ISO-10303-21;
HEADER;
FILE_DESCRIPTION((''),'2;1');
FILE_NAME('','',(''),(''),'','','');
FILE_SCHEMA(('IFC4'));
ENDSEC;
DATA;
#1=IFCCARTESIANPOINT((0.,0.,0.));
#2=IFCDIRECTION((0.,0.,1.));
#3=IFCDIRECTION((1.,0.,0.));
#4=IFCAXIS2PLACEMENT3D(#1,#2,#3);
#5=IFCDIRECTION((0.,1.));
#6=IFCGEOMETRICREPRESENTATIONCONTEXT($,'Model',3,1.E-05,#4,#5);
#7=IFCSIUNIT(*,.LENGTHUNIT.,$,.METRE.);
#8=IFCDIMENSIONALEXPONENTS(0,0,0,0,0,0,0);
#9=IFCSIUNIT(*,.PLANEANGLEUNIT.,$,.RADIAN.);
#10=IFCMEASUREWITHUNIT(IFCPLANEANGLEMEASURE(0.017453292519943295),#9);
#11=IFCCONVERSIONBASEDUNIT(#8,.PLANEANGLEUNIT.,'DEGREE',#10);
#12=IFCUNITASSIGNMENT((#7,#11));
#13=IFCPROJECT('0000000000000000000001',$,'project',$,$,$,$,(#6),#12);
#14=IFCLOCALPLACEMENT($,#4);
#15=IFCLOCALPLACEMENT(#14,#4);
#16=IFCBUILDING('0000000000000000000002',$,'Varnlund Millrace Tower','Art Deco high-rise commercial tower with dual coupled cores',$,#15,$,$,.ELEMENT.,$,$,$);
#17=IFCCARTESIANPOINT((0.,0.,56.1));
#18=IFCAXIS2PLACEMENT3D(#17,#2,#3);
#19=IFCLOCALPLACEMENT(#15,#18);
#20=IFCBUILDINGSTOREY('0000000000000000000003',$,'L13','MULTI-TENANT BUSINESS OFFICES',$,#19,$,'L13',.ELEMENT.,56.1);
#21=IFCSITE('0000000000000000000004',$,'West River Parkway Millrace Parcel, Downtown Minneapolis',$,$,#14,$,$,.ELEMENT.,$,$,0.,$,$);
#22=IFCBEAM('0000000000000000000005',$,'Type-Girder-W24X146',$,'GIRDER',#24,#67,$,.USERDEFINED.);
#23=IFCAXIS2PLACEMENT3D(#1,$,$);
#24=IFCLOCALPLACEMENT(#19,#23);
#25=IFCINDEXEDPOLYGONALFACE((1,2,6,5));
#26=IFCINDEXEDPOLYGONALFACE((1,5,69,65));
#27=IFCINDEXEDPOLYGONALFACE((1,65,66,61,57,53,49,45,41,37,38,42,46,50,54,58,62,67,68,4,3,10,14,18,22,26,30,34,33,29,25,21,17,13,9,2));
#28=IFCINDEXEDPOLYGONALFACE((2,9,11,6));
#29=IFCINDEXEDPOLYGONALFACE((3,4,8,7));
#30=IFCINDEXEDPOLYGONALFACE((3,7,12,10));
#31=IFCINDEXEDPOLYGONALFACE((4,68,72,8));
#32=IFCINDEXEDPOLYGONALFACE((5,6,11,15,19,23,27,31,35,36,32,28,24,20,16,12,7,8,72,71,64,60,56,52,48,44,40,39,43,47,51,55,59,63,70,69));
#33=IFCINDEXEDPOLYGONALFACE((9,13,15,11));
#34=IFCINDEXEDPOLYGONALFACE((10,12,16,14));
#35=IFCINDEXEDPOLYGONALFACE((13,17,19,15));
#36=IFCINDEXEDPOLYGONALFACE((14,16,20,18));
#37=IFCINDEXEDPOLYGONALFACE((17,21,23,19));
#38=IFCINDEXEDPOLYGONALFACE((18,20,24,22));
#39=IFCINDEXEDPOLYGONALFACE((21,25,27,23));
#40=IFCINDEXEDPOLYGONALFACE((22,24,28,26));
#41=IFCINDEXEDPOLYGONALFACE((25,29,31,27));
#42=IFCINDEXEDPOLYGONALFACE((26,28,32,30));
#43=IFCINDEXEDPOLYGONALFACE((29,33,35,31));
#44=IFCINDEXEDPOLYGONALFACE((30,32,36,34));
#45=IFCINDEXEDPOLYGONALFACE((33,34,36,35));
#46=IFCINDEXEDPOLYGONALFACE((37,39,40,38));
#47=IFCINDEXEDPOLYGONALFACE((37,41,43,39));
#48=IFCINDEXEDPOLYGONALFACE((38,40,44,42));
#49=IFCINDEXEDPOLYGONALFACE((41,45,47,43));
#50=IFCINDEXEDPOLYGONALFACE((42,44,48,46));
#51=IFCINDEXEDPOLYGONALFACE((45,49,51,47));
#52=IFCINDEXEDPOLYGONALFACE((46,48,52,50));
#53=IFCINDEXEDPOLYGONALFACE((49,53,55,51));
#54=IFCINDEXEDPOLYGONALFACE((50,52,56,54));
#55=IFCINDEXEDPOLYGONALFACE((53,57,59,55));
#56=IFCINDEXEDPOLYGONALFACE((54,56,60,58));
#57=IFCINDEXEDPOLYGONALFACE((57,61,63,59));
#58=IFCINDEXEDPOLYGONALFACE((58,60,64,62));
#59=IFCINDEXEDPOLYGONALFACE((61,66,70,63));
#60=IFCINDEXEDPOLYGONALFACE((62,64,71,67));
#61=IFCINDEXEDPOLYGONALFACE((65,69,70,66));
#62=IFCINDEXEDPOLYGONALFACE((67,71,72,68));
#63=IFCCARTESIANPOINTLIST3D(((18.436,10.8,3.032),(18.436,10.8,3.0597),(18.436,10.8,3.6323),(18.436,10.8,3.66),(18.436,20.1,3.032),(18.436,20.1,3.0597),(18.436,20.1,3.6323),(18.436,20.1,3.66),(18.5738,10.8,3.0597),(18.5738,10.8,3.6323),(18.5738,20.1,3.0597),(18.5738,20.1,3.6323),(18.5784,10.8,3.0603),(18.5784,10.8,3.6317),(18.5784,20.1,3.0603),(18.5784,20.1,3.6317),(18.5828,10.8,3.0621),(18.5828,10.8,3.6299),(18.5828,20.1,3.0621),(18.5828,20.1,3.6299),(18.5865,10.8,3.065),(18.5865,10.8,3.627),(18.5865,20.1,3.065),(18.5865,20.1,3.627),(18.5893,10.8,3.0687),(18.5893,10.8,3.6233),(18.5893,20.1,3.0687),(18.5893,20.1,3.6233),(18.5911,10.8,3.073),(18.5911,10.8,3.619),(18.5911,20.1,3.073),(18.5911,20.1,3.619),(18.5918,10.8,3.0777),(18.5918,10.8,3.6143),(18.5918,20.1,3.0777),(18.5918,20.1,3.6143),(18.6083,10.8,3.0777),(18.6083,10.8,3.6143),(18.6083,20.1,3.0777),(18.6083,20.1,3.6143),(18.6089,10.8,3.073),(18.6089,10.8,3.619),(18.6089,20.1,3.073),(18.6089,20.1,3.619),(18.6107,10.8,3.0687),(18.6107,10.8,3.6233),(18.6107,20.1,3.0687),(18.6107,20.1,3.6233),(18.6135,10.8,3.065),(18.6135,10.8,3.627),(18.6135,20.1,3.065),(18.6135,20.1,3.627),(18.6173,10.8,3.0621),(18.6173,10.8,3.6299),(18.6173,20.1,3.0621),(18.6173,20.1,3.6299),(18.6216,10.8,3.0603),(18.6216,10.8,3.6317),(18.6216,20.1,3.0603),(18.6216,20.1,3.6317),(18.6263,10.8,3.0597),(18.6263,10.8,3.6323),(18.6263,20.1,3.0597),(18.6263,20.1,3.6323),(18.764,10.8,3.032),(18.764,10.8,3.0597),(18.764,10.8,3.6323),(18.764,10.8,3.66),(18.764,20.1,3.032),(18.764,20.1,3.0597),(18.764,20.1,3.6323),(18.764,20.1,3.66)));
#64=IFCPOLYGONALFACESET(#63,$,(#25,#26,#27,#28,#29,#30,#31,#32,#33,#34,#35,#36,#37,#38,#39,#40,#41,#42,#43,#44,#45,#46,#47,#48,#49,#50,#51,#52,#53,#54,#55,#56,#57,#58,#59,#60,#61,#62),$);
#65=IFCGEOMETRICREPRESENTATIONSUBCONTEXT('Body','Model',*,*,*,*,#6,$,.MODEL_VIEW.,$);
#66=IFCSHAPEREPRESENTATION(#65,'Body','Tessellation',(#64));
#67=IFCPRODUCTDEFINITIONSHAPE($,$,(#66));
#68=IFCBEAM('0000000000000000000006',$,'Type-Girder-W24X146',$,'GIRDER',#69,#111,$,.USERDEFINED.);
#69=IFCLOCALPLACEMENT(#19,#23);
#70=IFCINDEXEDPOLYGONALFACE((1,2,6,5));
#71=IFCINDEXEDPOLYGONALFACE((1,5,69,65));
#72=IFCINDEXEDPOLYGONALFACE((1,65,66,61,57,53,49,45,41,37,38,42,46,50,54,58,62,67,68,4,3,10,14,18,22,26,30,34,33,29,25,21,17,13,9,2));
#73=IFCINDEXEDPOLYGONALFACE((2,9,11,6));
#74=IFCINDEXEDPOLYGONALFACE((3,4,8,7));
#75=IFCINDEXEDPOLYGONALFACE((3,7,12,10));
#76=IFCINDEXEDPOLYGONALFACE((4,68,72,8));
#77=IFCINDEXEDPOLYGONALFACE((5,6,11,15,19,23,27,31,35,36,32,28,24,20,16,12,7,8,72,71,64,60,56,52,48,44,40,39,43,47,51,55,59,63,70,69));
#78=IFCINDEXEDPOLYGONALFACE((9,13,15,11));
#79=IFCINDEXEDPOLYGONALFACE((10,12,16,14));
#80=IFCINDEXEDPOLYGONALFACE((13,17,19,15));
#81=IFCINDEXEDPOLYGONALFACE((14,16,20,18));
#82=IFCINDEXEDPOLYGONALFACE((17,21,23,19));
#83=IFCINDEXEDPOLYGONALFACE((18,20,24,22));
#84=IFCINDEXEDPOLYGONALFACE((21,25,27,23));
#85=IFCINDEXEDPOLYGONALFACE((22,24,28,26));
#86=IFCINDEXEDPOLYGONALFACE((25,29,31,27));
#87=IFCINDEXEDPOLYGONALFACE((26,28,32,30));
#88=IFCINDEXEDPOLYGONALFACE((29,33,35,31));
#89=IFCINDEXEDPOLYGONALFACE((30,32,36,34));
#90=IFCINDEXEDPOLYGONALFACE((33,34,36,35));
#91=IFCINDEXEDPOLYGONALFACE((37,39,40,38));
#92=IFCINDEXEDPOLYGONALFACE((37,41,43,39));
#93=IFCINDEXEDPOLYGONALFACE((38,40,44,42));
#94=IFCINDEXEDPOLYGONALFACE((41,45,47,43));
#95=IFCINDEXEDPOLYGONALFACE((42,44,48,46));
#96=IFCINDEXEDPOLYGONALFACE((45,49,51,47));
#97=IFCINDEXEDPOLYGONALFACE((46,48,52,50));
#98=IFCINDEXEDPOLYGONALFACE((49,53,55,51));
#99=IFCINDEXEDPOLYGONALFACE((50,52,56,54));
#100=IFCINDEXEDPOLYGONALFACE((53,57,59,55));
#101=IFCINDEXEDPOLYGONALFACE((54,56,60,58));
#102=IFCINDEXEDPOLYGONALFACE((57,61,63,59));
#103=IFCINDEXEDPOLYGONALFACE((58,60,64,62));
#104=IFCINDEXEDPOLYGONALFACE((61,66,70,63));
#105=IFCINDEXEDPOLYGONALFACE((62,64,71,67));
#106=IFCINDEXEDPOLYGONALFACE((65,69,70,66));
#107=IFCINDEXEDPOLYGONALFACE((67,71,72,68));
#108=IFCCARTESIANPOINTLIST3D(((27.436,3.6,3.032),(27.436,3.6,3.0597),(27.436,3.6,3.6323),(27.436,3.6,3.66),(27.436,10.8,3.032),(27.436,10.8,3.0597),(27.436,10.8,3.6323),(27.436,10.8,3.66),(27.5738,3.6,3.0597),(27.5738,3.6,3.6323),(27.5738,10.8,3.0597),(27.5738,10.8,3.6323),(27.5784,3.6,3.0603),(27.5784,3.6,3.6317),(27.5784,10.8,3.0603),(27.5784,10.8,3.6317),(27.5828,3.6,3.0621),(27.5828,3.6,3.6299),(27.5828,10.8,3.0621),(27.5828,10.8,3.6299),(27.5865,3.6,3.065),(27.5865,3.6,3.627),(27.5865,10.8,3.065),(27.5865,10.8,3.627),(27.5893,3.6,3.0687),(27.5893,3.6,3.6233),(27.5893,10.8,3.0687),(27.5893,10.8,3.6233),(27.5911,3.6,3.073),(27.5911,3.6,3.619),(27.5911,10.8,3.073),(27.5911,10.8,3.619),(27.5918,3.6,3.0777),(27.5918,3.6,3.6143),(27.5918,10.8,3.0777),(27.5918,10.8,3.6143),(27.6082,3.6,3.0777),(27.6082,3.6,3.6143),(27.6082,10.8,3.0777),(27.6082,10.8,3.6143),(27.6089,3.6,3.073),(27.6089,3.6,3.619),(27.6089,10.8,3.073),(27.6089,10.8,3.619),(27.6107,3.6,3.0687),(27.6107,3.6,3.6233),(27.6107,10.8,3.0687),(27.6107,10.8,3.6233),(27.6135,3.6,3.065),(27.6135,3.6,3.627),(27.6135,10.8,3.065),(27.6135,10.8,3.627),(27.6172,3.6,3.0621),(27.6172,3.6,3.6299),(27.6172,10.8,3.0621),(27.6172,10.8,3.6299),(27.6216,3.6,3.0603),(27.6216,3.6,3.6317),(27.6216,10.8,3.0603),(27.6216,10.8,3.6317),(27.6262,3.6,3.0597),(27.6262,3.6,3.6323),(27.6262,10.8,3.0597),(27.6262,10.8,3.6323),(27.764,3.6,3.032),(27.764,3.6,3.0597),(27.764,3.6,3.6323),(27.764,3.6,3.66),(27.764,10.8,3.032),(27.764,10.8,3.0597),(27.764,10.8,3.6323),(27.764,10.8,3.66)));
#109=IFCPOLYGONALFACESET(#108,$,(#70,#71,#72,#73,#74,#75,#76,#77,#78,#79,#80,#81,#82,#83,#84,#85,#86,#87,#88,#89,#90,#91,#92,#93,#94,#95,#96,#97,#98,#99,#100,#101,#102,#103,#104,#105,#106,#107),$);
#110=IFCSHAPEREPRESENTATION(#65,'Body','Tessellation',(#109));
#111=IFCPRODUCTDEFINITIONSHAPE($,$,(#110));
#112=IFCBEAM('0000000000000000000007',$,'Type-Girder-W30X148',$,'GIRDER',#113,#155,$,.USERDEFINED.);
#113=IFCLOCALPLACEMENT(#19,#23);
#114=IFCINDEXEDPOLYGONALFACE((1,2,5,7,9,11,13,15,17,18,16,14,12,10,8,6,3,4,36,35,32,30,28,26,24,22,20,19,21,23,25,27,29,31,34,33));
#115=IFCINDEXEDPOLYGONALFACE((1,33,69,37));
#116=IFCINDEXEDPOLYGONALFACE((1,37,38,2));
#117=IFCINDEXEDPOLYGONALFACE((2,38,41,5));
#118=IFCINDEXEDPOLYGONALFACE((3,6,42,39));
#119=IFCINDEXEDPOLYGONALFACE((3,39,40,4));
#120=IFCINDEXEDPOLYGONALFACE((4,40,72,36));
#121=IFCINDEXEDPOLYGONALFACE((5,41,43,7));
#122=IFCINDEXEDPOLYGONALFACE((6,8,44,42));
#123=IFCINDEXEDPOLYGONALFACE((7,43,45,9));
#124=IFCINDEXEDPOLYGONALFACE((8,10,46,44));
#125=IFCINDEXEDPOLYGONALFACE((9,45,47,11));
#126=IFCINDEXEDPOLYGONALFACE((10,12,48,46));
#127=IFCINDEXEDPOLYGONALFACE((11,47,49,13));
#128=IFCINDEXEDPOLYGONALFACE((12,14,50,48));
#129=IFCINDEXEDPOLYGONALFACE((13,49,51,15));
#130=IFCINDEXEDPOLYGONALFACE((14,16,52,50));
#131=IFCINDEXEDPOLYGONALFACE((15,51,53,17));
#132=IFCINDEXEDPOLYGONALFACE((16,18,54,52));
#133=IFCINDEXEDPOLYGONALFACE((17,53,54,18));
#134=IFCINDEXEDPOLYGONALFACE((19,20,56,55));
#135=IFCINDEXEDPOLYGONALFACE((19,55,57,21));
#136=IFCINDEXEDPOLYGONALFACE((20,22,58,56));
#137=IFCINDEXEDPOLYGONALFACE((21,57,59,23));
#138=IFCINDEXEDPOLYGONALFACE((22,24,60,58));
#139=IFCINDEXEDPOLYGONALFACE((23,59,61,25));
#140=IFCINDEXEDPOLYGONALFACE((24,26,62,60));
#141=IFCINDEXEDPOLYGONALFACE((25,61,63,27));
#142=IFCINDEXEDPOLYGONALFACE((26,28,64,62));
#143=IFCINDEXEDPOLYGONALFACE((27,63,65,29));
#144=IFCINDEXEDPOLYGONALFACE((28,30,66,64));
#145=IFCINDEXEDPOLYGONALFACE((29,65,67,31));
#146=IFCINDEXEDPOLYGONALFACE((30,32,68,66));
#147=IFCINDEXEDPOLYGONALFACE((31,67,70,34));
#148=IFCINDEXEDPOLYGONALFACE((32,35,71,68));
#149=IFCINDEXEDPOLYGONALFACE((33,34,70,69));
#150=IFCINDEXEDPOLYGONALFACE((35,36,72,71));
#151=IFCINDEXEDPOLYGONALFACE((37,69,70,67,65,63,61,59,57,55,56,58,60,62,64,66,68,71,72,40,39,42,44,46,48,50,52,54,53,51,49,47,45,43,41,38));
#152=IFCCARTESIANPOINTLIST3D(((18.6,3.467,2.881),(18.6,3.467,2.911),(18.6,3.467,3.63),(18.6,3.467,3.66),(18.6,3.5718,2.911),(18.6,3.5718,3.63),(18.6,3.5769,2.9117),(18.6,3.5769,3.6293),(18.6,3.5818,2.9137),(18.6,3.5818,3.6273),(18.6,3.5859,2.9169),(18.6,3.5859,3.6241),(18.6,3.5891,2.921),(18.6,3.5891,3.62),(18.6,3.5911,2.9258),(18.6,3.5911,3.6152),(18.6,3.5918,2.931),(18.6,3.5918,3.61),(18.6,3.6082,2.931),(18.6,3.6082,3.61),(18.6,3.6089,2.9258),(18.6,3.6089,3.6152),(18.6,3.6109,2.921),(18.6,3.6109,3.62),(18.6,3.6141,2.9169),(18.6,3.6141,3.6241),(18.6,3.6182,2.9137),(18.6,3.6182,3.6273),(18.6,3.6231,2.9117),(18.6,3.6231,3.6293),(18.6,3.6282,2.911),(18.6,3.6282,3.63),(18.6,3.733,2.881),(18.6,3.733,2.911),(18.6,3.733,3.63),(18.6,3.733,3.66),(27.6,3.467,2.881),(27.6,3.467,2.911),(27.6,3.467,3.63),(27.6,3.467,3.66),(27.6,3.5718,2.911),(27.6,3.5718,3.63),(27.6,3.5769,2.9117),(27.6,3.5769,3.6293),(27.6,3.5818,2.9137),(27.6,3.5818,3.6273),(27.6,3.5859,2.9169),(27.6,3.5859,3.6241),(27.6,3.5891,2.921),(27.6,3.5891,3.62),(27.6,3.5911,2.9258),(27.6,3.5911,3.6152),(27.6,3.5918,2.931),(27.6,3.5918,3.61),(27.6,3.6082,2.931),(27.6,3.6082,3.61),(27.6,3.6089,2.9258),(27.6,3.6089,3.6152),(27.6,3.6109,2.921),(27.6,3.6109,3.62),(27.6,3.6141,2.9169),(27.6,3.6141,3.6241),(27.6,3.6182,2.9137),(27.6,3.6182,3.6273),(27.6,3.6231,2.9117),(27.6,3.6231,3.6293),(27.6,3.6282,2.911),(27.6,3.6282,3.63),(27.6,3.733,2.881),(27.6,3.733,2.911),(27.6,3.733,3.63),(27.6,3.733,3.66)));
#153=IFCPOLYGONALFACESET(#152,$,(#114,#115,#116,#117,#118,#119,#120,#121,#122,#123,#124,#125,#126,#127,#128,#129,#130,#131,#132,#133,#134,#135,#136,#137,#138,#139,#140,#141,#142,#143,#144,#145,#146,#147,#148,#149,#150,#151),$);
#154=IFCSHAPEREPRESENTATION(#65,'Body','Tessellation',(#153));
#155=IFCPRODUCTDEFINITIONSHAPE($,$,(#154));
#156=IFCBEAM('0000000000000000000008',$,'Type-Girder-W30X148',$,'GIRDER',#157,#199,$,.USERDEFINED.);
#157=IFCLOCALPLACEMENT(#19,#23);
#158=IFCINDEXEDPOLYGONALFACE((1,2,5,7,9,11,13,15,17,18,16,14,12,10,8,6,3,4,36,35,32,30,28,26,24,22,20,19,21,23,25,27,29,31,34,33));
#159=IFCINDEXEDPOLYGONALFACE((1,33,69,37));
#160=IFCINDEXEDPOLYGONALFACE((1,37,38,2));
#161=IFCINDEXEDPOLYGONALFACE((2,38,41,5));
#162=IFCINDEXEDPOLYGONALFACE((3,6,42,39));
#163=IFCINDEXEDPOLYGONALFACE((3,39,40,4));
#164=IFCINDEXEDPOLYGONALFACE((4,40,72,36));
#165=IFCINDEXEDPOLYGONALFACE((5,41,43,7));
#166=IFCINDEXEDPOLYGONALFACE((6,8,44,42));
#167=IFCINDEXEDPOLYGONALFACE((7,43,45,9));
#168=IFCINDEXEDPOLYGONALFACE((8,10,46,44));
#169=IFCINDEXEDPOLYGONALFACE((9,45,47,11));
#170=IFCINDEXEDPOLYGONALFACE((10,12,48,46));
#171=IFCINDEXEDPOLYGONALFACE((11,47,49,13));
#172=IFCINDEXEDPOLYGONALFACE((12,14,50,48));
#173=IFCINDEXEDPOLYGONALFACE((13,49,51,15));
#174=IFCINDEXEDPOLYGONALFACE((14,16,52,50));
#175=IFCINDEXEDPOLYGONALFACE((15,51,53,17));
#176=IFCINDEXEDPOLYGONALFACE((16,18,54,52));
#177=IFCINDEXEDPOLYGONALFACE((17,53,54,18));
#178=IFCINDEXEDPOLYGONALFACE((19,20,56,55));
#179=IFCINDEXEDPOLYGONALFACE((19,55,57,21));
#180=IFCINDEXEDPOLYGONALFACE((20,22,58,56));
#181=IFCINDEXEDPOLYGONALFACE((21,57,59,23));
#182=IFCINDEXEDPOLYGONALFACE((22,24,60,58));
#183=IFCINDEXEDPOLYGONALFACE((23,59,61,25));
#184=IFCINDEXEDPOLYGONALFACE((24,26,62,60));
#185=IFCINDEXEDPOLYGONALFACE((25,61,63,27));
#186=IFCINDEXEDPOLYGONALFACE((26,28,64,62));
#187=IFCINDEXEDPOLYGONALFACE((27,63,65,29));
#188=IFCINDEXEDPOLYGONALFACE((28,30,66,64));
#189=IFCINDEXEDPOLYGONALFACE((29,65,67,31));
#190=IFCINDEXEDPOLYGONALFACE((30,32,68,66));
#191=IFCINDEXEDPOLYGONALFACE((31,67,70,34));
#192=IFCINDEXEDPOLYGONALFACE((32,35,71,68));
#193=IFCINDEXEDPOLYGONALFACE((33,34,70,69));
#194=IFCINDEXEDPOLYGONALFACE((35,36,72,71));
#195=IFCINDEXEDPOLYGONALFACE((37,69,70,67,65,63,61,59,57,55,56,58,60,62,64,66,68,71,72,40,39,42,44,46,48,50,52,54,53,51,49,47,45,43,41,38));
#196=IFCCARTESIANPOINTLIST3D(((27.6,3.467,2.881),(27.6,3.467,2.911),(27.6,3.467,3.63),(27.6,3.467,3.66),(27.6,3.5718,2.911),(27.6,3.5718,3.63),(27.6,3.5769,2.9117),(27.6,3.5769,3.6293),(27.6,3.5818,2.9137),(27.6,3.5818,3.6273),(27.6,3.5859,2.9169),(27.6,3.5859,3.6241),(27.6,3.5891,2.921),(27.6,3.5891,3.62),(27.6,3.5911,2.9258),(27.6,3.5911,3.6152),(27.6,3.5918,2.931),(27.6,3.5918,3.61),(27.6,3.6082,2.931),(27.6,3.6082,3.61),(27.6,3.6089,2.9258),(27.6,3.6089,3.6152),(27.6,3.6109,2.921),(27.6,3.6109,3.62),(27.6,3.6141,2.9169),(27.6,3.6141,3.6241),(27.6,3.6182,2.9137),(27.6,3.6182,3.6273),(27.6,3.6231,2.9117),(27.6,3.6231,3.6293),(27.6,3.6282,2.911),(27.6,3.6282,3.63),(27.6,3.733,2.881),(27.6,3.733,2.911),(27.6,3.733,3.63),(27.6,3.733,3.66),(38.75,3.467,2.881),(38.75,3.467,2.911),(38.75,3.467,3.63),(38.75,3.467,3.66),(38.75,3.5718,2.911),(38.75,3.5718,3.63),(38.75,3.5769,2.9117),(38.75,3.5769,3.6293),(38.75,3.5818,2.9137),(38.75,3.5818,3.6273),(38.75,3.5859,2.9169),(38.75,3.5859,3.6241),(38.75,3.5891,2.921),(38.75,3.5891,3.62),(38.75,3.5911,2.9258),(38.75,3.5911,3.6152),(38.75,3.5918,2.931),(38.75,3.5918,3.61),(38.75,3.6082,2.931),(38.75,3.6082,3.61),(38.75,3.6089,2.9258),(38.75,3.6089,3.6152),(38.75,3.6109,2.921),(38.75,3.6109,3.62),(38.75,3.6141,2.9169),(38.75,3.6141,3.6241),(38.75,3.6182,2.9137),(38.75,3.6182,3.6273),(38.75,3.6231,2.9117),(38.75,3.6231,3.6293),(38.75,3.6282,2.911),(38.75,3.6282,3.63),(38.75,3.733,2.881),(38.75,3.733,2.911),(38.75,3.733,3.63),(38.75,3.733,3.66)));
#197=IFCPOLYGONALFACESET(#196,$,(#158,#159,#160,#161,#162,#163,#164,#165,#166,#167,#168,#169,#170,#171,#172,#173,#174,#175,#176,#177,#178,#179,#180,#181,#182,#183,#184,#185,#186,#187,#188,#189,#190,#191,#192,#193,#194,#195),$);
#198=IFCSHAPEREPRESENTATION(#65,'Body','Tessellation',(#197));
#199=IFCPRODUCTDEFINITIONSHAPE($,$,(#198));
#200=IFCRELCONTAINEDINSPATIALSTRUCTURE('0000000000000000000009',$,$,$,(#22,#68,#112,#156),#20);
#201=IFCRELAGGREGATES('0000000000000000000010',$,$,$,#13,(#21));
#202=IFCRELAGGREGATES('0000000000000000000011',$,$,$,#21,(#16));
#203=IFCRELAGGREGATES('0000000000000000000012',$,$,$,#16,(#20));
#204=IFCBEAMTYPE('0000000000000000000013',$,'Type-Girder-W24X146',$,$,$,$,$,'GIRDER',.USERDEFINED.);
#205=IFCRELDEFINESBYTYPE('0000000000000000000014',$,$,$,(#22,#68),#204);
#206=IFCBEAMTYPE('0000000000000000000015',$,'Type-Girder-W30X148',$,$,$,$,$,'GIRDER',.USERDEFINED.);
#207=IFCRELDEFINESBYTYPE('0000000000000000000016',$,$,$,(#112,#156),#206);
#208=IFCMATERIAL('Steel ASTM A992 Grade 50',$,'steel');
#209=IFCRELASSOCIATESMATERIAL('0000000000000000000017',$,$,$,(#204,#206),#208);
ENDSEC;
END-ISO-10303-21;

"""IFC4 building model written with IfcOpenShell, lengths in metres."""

from ifc_helpers import new_model, entity, si_unit, converted_unit, direction, frame, origin_with_axes, origin_2d_with_axis, place, context, subcontext, project, spatial, i_section, extrude, material, material_profile, profile_set, type_object, element, save


model = new_model("IFC4")

# Units and contexts
model_context = context("Model", 3, precision=1e-05, world=origin_with_axes(), true_north=direction((0.0, 1.0)))
body_context = subcontext(model_context, "Body", "Model", "MODEL_VIEW")
ifc_project = project(units=[si_unit("LENGTHUNIT", "METRE"), converted_unit("PLANEANGLEUNIT", "DEGREE", entity("IfcPlaneAngleMeasure", 0.017453292519943295), si_unit("PLANEANGLEUNIT", "RADIAN"), dimensions=[0, 0, 0, 0, 0, 0, 0])], contexts=[model_context])

# Site, building, storey
site_placement = place(None, origin_with_axes())
site = spatial("IfcSite", under=ifc_project, at=site_placement, Name="West River Parkway Millrace Parcel, Downtown Minneapolis", CompositionType="ELEMENT", RefElevation=0.0)
building_placement = place(site_placement, origin_with_axes())
building = spatial("IfcBuilding", under=site, at=building_placement, Name="Varnlund Millrace Tower", Description="Art Deco high-rise commercial tower with dual coupled cores", CompositionType="ELEMENT")
storey_placement = place(building_placement, frame((0.0, 0.0, 56.1), z_axis=(0.0, 0.0, 1.0), x_axis=(1.0, 0.0, 0.0)))
storey = spatial("IfcBuildingStorey", under=building, at=storey_placement, Name="L13", Description="MULTI-TENANT BUSINESS OFFICES", LongName="L13", CompositionType="ELEMENT", Elevation=56.1)

# Beams
ifc_material_1 = material(Name="Steel ASTM A992 Grade 50", Category="steel")
ifc_material_profile_1 = material_profile(ifc_material_1, i_section(OverallWidth=0.328, OverallDepth=0.628, WebThickness=0.0165, FlangeThickness=0.0277, FilletRadius=0.018, at=origin_2d_with_axis()), Name="Steel ASTM A992 Grade 50")
ifc_profile_set_1 = profile_set([ifc_material_profile_1], Name="Steel ASTM A992 Grade 50")
beam_type_1 = type_object("IfcBeamType", Name="Type-Girder-W24X146", ElementType="GIRDER", PredefinedType="USERDEFINED", material=ifc_profile_set_1)
beam_1_placement = place(storey_placement, frame((18.6, 10.8, 3.346), z_axis=(0.0, 1.0, 0.0), x_axis=(-1.0, 0.0, 0.0)))
element("IfcBeam", 1, at=beam_1_placement, inside=storey, type_object=beam_type_1, Name="Type-Girder-W24X146", ObjectType="GIRDER", PredefinedType="USERDEFINED", context=body_context, shape_type="SweptSolid", body=[
    extrude(i_section(OverallWidth=0.328, OverallDepth=0.628, WebThickness=0.0165, FlangeThickness=0.0277, FilletRadius=0.018, at=origin_2d_with_axis()), origin_with_axes(), (0.0, 0.0, 1.0), 9.3),
])
beam_2_placement = place(storey_placement, frame((27.6, 3.6, 3.346), z_axis=(0.0, 1.0, 0.0), x_axis=(-1.0, 0.0, 0.0)))
element("IfcBeam", 2, at=beam_2_placement, inside=storey, type_object=beam_type_1, Name="Type-Girder-W24X146", ObjectType="GIRDER", PredefinedType="USERDEFINED", context=body_context, shape_type="SweptSolid", body=[
    extrude(i_section(OverallWidth=0.328, OverallDepth=0.628, WebThickness=0.0165, FlangeThickness=0.0277, FilletRadius=0.018, at=origin_2d_with_axis()), origin_with_axes(), (0.0, 0.0, 1.0), 7.2),
])
ifc_material_profile_2 = material_profile(ifc_material_1, i_section(OverallWidth=0.266, OverallDepth=0.779, WebThickness=0.0165, FlangeThickness=0.03, FilletRadius=0.02, at=origin_2d_with_axis()), Name="Steel ASTM A992 Grade 50")
ifc_profile_set_2 = profile_set([ifc_material_profile_2], Name="Steel ASTM A992 Grade 50")
beam_type_2 = type_object("IfcBeamType", Name="Type-Girder-W30X148", ElementType="GIRDER", PredefinedType="USERDEFINED", material=ifc_profile_set_2)
beam_3_placement = place(storey_placement, frame((18.6, 3.6, 3.2705), z_axis=(1.0, 0.0, 0.0), x_axis=(0.0, 1.0, 0.0)))
element("IfcBeam", 3, at=beam_3_placement, inside=storey, type_object=beam_type_2, Name="Type-Girder-W30X148", ObjectType="GIRDER", PredefinedType="USERDEFINED", context=body_context, shape_type="SweptSolid", body=[
    extrude(i_section(OverallWidth=0.266, OverallDepth=0.779, WebThickness=0.0165, FlangeThickness=0.03, FilletRadius=0.02, at=origin_2d_with_axis()), origin_with_axes(), (0.0, 0.0, 1.0), 9.0),
])
beam_4_placement = place(storey_placement, frame((27.6, 3.6, 3.2705), z_axis=(1.0, 0.0, 0.0), x_axis=(0.0, 1.0, 0.0)))
element("IfcBeam", 4, at=beam_4_placement, inside=storey, type_object=beam_type_2, Name="Type-Girder-W30X148", ObjectType="GIRDER", PredefinedType="USERDEFINED", context=body_context, shape_type="SweptSolid", body=[
    extrude(i_section(OverallWidth=0.266, OverallDepth=0.779, WebThickness=0.0165, FlangeThickness=0.03, FilletRadius=0.02, at=origin_2d_with_axis()), origin_with_axes(), (0.0, 0.0, 1.0), 11.15),
])

save(model, "model.ifc")
